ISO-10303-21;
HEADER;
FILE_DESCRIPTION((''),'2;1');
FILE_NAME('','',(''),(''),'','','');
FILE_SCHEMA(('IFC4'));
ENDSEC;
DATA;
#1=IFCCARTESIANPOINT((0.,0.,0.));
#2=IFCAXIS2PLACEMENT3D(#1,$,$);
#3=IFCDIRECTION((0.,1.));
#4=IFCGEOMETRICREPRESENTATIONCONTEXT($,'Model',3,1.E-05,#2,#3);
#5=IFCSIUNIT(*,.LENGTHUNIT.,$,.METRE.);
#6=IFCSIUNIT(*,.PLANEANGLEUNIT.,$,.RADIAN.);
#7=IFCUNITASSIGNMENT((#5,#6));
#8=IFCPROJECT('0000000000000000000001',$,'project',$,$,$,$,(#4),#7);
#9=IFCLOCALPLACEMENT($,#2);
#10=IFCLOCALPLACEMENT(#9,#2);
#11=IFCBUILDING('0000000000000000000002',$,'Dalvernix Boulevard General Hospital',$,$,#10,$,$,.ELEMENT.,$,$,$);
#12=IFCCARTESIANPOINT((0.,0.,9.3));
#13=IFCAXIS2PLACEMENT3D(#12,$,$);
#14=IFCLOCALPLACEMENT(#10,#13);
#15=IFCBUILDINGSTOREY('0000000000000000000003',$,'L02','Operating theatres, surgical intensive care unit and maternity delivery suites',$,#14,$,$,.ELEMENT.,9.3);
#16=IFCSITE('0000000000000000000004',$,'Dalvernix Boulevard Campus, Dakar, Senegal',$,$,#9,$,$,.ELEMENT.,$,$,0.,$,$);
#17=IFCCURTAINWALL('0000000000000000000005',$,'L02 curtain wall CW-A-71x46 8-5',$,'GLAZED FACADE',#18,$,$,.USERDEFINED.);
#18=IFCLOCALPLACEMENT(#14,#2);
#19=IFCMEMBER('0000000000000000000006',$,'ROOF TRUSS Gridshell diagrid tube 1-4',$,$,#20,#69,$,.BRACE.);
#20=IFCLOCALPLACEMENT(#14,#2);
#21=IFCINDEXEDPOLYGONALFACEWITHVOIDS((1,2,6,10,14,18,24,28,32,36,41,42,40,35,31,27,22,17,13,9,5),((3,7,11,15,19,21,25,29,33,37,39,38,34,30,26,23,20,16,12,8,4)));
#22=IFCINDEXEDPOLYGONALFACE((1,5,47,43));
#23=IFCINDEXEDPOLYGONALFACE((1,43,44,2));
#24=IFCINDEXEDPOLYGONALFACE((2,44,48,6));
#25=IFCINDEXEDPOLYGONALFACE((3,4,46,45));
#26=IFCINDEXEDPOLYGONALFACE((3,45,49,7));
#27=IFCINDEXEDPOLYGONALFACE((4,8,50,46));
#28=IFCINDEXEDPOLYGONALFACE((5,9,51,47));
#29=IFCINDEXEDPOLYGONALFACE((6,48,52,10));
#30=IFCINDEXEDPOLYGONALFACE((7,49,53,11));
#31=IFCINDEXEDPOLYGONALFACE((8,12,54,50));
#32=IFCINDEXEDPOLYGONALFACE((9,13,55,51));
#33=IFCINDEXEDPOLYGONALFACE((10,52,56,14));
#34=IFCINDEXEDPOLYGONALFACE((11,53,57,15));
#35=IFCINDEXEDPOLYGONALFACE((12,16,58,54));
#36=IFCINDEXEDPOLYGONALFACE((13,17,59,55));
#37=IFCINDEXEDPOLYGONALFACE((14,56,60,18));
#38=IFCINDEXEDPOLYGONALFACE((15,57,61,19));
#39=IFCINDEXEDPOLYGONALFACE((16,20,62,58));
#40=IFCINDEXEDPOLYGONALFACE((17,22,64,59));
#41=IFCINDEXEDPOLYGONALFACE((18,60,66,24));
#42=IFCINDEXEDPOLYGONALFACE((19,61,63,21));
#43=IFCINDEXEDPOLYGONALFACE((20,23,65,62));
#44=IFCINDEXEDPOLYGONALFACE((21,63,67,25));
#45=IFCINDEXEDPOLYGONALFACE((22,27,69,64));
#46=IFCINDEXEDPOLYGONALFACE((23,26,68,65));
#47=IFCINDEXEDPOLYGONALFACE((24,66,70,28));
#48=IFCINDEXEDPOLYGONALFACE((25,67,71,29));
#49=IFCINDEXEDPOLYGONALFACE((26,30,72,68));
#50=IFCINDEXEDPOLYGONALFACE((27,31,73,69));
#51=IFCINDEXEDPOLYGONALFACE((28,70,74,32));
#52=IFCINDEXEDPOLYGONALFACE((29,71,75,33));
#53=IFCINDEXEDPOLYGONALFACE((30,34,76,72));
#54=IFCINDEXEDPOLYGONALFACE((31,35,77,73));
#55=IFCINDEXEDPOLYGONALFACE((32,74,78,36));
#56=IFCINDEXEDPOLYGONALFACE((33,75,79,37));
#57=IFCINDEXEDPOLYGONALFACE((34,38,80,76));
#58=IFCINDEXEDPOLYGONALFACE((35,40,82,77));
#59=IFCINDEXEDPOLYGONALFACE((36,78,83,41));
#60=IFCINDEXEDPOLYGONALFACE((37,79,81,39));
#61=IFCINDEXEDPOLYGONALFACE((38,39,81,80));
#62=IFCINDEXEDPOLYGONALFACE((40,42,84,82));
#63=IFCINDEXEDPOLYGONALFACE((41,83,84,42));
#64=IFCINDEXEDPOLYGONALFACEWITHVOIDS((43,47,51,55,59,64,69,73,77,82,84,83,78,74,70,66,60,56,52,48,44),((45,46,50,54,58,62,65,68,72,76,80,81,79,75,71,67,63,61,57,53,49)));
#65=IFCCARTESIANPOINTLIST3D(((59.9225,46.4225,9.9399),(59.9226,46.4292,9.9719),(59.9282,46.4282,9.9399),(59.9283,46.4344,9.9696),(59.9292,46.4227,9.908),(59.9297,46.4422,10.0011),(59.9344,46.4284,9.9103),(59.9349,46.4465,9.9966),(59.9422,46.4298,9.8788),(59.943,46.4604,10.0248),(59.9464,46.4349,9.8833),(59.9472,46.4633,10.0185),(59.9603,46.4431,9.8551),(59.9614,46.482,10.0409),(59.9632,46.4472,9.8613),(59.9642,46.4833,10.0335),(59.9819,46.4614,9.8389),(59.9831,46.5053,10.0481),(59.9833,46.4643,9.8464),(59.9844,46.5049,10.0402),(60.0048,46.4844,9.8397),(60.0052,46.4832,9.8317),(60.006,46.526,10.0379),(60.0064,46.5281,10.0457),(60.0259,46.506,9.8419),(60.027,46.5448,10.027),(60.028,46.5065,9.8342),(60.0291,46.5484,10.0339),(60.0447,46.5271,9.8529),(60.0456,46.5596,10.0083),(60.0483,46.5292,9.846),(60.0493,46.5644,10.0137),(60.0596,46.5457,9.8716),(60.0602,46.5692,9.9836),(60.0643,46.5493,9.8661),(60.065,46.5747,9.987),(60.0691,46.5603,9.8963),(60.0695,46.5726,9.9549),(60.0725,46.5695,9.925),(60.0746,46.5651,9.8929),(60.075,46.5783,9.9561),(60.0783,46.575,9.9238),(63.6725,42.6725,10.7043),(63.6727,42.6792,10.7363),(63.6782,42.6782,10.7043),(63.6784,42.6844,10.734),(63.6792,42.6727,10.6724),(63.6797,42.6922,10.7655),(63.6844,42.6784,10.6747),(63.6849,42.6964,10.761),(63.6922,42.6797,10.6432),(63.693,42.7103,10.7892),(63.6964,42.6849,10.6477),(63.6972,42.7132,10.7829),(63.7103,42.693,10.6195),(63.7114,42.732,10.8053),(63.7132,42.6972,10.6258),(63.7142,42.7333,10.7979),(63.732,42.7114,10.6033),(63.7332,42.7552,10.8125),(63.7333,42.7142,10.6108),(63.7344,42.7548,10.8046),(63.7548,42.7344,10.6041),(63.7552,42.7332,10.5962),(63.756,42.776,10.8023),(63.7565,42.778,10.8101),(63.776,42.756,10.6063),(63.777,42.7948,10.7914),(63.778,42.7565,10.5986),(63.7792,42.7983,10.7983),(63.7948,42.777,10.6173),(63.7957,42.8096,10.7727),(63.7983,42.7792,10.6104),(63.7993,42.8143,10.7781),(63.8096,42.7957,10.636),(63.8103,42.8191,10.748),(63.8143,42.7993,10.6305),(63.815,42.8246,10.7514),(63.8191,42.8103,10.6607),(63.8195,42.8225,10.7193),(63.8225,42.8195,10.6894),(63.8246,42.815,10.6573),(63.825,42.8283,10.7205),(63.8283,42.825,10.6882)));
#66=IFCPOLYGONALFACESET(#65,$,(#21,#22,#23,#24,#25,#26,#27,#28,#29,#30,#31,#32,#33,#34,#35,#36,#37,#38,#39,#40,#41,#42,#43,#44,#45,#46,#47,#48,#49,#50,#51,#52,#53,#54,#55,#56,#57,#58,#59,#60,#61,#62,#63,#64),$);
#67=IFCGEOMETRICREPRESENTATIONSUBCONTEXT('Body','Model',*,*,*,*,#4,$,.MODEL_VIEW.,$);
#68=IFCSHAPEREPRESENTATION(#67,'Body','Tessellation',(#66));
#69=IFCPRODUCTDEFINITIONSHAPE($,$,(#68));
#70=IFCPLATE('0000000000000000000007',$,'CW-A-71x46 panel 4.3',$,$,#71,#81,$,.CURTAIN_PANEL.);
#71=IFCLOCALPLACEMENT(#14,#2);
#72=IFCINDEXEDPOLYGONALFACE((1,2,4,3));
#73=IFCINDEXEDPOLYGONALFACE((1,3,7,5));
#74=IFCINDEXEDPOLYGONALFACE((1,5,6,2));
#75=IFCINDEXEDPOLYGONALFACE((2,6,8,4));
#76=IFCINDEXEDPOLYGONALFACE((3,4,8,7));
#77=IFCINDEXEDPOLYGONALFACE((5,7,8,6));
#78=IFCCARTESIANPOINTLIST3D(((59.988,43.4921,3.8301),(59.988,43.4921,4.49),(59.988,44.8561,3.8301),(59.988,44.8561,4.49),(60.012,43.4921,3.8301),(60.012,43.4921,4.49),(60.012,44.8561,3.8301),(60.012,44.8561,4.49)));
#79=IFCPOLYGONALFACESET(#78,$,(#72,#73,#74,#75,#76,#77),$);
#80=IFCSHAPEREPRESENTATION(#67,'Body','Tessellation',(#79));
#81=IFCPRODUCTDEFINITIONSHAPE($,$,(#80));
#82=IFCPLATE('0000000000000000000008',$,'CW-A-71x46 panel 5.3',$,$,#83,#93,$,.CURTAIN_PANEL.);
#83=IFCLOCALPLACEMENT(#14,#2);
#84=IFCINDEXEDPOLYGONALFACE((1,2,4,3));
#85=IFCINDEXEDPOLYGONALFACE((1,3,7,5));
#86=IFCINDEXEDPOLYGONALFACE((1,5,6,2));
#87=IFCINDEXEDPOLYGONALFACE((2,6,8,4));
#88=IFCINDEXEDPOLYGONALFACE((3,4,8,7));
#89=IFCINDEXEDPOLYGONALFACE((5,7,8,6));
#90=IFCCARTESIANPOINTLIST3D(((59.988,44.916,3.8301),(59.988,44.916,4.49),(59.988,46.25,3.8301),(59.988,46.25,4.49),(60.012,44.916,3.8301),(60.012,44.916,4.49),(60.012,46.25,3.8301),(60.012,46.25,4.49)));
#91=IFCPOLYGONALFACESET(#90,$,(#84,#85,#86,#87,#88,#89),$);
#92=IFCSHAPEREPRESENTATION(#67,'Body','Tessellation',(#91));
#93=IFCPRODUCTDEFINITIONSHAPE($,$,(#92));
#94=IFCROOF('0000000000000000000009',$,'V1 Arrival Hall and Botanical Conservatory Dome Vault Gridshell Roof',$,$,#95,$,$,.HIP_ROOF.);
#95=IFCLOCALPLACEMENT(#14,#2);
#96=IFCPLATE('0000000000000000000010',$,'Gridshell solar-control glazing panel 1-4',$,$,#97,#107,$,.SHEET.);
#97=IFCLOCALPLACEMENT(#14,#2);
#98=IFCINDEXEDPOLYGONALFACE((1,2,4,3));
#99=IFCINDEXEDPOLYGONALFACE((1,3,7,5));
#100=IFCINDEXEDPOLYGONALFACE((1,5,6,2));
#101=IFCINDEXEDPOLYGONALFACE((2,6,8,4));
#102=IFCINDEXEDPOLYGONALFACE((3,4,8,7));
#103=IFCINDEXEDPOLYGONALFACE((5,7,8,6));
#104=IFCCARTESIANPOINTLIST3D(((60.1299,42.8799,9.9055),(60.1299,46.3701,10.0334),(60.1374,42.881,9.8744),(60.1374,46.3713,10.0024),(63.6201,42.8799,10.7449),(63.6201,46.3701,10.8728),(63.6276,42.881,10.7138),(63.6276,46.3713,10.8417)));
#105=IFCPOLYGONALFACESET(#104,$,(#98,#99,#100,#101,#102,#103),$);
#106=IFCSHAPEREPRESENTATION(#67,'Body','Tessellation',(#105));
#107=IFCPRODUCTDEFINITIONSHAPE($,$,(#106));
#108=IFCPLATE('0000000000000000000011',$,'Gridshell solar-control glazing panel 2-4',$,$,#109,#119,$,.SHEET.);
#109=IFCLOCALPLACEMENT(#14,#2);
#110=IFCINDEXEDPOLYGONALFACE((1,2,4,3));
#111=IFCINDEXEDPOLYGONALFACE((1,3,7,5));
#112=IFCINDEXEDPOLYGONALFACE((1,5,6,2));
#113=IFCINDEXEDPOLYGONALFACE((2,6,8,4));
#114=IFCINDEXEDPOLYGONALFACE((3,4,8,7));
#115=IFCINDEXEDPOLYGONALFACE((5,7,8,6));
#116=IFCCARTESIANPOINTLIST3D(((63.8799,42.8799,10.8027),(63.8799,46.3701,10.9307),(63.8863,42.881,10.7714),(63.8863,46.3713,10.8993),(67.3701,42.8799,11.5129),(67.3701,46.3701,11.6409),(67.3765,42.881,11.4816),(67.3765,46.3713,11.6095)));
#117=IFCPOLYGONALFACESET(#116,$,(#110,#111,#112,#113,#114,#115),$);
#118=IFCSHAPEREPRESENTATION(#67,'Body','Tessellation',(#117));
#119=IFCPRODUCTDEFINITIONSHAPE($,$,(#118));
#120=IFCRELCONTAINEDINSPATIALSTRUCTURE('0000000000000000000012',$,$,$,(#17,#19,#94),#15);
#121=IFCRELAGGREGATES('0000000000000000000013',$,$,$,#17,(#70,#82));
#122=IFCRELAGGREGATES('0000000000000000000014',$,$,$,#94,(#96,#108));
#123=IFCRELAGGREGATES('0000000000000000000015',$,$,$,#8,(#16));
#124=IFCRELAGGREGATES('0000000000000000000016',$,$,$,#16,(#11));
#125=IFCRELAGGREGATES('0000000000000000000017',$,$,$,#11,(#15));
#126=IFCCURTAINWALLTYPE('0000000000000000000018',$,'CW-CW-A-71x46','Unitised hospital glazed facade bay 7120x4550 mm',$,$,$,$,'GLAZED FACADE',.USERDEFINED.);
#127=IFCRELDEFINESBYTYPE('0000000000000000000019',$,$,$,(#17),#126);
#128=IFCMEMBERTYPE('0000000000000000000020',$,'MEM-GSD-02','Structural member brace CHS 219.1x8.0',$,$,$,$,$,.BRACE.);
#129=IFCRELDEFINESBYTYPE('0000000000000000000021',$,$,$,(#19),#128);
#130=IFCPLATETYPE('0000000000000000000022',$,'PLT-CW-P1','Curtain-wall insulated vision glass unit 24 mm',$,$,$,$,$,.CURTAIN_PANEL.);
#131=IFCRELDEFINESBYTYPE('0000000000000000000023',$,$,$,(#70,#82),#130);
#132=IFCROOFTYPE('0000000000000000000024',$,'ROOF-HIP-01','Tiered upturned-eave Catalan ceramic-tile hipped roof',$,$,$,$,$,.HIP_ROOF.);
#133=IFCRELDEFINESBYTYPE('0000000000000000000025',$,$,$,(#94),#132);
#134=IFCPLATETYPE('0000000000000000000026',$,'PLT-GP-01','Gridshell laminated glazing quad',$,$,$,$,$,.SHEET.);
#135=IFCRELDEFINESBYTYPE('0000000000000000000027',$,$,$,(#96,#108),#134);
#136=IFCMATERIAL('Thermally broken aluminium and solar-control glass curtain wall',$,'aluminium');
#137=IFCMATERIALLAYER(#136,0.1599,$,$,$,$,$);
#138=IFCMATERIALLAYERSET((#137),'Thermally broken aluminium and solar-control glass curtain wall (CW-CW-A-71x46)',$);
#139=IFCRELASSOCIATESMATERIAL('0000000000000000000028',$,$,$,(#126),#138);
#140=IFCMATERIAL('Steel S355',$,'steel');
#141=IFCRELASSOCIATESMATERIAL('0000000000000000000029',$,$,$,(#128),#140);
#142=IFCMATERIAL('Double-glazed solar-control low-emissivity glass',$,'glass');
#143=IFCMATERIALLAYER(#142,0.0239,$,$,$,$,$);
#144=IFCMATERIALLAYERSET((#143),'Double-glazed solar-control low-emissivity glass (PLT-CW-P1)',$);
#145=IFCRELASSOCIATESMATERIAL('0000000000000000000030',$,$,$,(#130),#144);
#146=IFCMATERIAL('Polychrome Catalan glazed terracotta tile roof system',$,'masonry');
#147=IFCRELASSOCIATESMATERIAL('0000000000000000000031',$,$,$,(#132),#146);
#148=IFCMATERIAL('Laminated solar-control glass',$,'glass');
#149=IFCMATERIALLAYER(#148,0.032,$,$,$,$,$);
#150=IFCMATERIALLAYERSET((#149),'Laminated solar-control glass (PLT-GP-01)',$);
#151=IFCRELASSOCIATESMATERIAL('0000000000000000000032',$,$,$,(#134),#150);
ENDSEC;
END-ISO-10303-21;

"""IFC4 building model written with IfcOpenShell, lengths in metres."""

from ifc_helpers import new_model, si_unit, direction, frame, origin, origin_2d, place, context, subcontext, project, spatial, polyline, rectangle, hollow_circle, outline, extrude, material, layer, layer_set, material_profile, profile_set, type_object, element, aggregate, save


model = new_model("IFC4")

# Units and contexts
model_context = context("Model", 3, precision=1e-05, world=origin(), true_north=direction((0.0, 1.0)))
body_context = subcontext(model_context, "Body", "Model", "MODEL_VIEW")
ifc_project = project(units=[si_unit("LENGTHUNIT", "METRE"), si_unit("PLANEANGLEUNIT", "RADIAN")], contexts=[model_context])

# Site, building, storey
site_placement = place(None, origin())
site = spatial("IfcSite", under=ifc_project, at=site_placement, Name="Dalvernix Boulevard Campus, Dakar, Senegal", CompositionType="ELEMENT", RefElevation=0.0)
building_placement = place(site_placement, origin())
building = spatial("IfcBuilding", under=site, at=building_placement, Name="Dalvernix Boulevard General Hospital", CompositionType="ELEMENT")
storey_placement = place(building_placement, frame((0.0, 0.0, 9.3)))
storey = spatial("IfcBuildingStorey", under=building, at=storey_placement, Name="L02", Description="Operating theatres, surgical intensive care unit and maternity delivery suites", CompositionType="ELEMENT", Elevation=9.3)

# Shared definitions
ifc_material_1 = material(Name="Steel S355", Category="steel")

# Curtain wall
ifc_material_2 = material(Name="Thermally broken aluminium and solar-control glass curtain wall", Category="aluminium")
ifc_layer_1 = layer(ifc_material_2, 0.1599)
ifc_layer_set_1 = layer_set([ifc_layer_1], Name="Thermally broken aluminium and solar-control glass curtain wall (CW-CW-A-71x46)")
curtain_wall_type = type_object("IfcCurtainWallType", Name="CW-CW-A-71x46", Description="Unitised hospital glazed facade bay 7120x4550 mm", ElementType="GLAZED FACADE", PredefinedType="USERDEFINED", material=ifc_layer_set_1)
curtain_wall_placement = place(storey_placement, origin())
curtain_wall = element("IfcCurtainWall", 1, at=curtain_wall_placement, inside=storey, type_object=curtain_wall_type, Name="L02 curtain wall CW-A-71x46 8-5", ObjectType="GLAZED FACADE", PredefinedType="USERDEFINED")

# Member
ifc_material_profile_1 = material_profile(ifc_material_1, hollow_circle(Radius=0.1096, WallThickness=0.0081, at=origin_2d()), Name="CHS 219.1x8.0")
ifc_profile_set_1 = profile_set([ifc_material_profile_1], Name="Steel S355")
member_type_1 = type_object("IfcMemberType", Name="MEM-GSD-02", Description="Structural member brace CHS 219.1x8.0", PredefinedType="BRACE", material=ifc_profile_set_1)
member_1_placement = place(storey_placement, frame((63.75, 42.75, 10.7043), z_axis=(-0.699874, 0.699874, -0.142663), x_axis=(-0.707107, -0.707107, 0.0)))
element("IfcMember", 2, at=member_1_placement, inside=storey, type_object=member_type_1, Name="ROOF TRUSS Gridshell diagrid tube 1-4", PredefinedType="BRACE", context=body_context, shape_type="SweptSolid", body=[
    extrude(hollow_circle(Radius=0.1096, WallThickness=0.0081, at=origin_2d()), origin(), (0.0, 0.0, 1.0), 5.3582),
])

# Plates
ifc_material_3 = material(Name="Double-glazed solar-control low-emissivity glass", Category="glass")
ifc_layer_2 = layer(ifc_material_3, 0.0239)
ifc_layer_set_2 = layer_set([ifc_layer_2], Name="Double-glazed solar-control low-emissivity glass (PLT-CW-P1)")
plate_type_1 = type_object("IfcPlateType", Name="PLT-CW-P1", Description="Curtain-wall insulated vision glass unit 24 mm", PredefinedType="CURTAIN_PANEL", material=ifc_layer_set_2)
plate_1_placement = place(storey_placement, frame((60.0, 44.1741, 3.8301), z_axis=(0.0, 0.0, 1.0), x_axis=(0.0, 1.0, 0.0)))
plate_1 = element("IfcPlate", 3, at=plate_1_placement, type_object=plate_type_1, Name="CW-A-71x46 panel 4.3", PredefinedType="CURTAIN_PANEL", context=body_context, shape_type="SweptSolid", body=[
    extrude(rectangle(XDim=1.364, YDim=0.0239, at=origin_2d()), origin(), (0.0, 0.0, 1.0), 0.6599),
])
plate_2_placement = place(storey_placement, frame((60.0, 45.583, 3.8301), z_axis=(0.0, 0.0, 1.0), x_axis=(0.0, 1.0, 0.0)))
plate_2 = element("IfcPlate", 4, at=plate_2_placement, type_object=plate_type_1, Name="CW-A-71x46 panel 5.3", PredefinedType="CURTAIN_PANEL", context=body_context, shape_type="SweptSolid", body=[
    extrude(rectangle(XDim=1.334, YDim=0.0239, at=origin_2d()), origin(), (0.0, 0.0, 1.0), 0.6599),
])
aggregate(curtain_wall, [plate_1, plate_2])

# Roof, plates
ifc_material_4 = material(Name="Polychrome Catalan glazed terracotta tile roof system", Category="masonry")
roof_type = type_object("IfcRoofType", Name="ROOF-HIP-01", Description="Tiered upturned-eave Catalan ceramic-tile hipped roof", PredefinedType="HIP_ROOF", material=ifc_material_4)
roof_placement = place(storey_placement, origin())
roof = element("IfcRoof", 5, at=roof_placement, inside=storey, type_object=roof_type, Name="V1 Arrival Hall and Botanical Conservatory Dome Vault Gridshell Roof", PredefinedType="HIP_ROOF")
ifc_material_5 = material(Name="Laminated solar-control glass", Category="glass")
ifc_layer_3 = layer(ifc_material_5, 0.032)
ifc_layer_set_3 = layer_set([ifc_layer_3], Name="Laminated solar-control glass (PLT-GP-01)")
plate_type_2 = type_object("IfcPlateType", Name="PLT-GP-01", Description="Gridshell laminated glazing quad", PredefinedType="SHEET", material=ifc_layer_set_3)
plate_3_placement = place(storey_placement, frame((60.1299, 42.8799, 9.9055), z_axis=(-0.233672, -0.035615, 0.971663), x_axis=(0.97228, 0.0, 0.233821)))
plate_3 = element("IfcPlate", 6, at=plate_3_placement, type_object=plate_type_2, Name="Gridshell solar-control glazing panel 1-4", PredefinedType="SHEET", context=body_context, shape_type="SweptSolid", body=[
    extrude(outline(polyline([(0.0, 0.0), (3.5897, 0.0), (3.6197, 3.4925), (0.0299, 3.4925), (0.0, 0.0)])), origin(), (0.0, 0.0, -1.0), 0.032),
])
plate_4_placement = place(storey_placement, frame((63.8799, 42.8799, 10.8027), z_axis=(-0.199269, -0.035894, 0.979287), x_axis=(0.979919, 0.0, 0.199397)))
plate_4 = element("IfcPlate", 7, at=plate_4_placement, type_object=plate_type_2, Name="Gridshell solar-control glazing panel 2-4", PredefinedType="SHEET", context=body_context, shape_type="SweptSolid", body=[
    extrude(outline(polyline([(0.0, 0.0), (3.5618, 0.0), (3.5873, 3.4925), (0.0255, 3.4925), (0.0, 0.0)])), origin(), (0.0, 0.0, -1.0), 0.032),
])
aggregate(roof, [plate_3, plate_4])

save(model, "model.ifc")
